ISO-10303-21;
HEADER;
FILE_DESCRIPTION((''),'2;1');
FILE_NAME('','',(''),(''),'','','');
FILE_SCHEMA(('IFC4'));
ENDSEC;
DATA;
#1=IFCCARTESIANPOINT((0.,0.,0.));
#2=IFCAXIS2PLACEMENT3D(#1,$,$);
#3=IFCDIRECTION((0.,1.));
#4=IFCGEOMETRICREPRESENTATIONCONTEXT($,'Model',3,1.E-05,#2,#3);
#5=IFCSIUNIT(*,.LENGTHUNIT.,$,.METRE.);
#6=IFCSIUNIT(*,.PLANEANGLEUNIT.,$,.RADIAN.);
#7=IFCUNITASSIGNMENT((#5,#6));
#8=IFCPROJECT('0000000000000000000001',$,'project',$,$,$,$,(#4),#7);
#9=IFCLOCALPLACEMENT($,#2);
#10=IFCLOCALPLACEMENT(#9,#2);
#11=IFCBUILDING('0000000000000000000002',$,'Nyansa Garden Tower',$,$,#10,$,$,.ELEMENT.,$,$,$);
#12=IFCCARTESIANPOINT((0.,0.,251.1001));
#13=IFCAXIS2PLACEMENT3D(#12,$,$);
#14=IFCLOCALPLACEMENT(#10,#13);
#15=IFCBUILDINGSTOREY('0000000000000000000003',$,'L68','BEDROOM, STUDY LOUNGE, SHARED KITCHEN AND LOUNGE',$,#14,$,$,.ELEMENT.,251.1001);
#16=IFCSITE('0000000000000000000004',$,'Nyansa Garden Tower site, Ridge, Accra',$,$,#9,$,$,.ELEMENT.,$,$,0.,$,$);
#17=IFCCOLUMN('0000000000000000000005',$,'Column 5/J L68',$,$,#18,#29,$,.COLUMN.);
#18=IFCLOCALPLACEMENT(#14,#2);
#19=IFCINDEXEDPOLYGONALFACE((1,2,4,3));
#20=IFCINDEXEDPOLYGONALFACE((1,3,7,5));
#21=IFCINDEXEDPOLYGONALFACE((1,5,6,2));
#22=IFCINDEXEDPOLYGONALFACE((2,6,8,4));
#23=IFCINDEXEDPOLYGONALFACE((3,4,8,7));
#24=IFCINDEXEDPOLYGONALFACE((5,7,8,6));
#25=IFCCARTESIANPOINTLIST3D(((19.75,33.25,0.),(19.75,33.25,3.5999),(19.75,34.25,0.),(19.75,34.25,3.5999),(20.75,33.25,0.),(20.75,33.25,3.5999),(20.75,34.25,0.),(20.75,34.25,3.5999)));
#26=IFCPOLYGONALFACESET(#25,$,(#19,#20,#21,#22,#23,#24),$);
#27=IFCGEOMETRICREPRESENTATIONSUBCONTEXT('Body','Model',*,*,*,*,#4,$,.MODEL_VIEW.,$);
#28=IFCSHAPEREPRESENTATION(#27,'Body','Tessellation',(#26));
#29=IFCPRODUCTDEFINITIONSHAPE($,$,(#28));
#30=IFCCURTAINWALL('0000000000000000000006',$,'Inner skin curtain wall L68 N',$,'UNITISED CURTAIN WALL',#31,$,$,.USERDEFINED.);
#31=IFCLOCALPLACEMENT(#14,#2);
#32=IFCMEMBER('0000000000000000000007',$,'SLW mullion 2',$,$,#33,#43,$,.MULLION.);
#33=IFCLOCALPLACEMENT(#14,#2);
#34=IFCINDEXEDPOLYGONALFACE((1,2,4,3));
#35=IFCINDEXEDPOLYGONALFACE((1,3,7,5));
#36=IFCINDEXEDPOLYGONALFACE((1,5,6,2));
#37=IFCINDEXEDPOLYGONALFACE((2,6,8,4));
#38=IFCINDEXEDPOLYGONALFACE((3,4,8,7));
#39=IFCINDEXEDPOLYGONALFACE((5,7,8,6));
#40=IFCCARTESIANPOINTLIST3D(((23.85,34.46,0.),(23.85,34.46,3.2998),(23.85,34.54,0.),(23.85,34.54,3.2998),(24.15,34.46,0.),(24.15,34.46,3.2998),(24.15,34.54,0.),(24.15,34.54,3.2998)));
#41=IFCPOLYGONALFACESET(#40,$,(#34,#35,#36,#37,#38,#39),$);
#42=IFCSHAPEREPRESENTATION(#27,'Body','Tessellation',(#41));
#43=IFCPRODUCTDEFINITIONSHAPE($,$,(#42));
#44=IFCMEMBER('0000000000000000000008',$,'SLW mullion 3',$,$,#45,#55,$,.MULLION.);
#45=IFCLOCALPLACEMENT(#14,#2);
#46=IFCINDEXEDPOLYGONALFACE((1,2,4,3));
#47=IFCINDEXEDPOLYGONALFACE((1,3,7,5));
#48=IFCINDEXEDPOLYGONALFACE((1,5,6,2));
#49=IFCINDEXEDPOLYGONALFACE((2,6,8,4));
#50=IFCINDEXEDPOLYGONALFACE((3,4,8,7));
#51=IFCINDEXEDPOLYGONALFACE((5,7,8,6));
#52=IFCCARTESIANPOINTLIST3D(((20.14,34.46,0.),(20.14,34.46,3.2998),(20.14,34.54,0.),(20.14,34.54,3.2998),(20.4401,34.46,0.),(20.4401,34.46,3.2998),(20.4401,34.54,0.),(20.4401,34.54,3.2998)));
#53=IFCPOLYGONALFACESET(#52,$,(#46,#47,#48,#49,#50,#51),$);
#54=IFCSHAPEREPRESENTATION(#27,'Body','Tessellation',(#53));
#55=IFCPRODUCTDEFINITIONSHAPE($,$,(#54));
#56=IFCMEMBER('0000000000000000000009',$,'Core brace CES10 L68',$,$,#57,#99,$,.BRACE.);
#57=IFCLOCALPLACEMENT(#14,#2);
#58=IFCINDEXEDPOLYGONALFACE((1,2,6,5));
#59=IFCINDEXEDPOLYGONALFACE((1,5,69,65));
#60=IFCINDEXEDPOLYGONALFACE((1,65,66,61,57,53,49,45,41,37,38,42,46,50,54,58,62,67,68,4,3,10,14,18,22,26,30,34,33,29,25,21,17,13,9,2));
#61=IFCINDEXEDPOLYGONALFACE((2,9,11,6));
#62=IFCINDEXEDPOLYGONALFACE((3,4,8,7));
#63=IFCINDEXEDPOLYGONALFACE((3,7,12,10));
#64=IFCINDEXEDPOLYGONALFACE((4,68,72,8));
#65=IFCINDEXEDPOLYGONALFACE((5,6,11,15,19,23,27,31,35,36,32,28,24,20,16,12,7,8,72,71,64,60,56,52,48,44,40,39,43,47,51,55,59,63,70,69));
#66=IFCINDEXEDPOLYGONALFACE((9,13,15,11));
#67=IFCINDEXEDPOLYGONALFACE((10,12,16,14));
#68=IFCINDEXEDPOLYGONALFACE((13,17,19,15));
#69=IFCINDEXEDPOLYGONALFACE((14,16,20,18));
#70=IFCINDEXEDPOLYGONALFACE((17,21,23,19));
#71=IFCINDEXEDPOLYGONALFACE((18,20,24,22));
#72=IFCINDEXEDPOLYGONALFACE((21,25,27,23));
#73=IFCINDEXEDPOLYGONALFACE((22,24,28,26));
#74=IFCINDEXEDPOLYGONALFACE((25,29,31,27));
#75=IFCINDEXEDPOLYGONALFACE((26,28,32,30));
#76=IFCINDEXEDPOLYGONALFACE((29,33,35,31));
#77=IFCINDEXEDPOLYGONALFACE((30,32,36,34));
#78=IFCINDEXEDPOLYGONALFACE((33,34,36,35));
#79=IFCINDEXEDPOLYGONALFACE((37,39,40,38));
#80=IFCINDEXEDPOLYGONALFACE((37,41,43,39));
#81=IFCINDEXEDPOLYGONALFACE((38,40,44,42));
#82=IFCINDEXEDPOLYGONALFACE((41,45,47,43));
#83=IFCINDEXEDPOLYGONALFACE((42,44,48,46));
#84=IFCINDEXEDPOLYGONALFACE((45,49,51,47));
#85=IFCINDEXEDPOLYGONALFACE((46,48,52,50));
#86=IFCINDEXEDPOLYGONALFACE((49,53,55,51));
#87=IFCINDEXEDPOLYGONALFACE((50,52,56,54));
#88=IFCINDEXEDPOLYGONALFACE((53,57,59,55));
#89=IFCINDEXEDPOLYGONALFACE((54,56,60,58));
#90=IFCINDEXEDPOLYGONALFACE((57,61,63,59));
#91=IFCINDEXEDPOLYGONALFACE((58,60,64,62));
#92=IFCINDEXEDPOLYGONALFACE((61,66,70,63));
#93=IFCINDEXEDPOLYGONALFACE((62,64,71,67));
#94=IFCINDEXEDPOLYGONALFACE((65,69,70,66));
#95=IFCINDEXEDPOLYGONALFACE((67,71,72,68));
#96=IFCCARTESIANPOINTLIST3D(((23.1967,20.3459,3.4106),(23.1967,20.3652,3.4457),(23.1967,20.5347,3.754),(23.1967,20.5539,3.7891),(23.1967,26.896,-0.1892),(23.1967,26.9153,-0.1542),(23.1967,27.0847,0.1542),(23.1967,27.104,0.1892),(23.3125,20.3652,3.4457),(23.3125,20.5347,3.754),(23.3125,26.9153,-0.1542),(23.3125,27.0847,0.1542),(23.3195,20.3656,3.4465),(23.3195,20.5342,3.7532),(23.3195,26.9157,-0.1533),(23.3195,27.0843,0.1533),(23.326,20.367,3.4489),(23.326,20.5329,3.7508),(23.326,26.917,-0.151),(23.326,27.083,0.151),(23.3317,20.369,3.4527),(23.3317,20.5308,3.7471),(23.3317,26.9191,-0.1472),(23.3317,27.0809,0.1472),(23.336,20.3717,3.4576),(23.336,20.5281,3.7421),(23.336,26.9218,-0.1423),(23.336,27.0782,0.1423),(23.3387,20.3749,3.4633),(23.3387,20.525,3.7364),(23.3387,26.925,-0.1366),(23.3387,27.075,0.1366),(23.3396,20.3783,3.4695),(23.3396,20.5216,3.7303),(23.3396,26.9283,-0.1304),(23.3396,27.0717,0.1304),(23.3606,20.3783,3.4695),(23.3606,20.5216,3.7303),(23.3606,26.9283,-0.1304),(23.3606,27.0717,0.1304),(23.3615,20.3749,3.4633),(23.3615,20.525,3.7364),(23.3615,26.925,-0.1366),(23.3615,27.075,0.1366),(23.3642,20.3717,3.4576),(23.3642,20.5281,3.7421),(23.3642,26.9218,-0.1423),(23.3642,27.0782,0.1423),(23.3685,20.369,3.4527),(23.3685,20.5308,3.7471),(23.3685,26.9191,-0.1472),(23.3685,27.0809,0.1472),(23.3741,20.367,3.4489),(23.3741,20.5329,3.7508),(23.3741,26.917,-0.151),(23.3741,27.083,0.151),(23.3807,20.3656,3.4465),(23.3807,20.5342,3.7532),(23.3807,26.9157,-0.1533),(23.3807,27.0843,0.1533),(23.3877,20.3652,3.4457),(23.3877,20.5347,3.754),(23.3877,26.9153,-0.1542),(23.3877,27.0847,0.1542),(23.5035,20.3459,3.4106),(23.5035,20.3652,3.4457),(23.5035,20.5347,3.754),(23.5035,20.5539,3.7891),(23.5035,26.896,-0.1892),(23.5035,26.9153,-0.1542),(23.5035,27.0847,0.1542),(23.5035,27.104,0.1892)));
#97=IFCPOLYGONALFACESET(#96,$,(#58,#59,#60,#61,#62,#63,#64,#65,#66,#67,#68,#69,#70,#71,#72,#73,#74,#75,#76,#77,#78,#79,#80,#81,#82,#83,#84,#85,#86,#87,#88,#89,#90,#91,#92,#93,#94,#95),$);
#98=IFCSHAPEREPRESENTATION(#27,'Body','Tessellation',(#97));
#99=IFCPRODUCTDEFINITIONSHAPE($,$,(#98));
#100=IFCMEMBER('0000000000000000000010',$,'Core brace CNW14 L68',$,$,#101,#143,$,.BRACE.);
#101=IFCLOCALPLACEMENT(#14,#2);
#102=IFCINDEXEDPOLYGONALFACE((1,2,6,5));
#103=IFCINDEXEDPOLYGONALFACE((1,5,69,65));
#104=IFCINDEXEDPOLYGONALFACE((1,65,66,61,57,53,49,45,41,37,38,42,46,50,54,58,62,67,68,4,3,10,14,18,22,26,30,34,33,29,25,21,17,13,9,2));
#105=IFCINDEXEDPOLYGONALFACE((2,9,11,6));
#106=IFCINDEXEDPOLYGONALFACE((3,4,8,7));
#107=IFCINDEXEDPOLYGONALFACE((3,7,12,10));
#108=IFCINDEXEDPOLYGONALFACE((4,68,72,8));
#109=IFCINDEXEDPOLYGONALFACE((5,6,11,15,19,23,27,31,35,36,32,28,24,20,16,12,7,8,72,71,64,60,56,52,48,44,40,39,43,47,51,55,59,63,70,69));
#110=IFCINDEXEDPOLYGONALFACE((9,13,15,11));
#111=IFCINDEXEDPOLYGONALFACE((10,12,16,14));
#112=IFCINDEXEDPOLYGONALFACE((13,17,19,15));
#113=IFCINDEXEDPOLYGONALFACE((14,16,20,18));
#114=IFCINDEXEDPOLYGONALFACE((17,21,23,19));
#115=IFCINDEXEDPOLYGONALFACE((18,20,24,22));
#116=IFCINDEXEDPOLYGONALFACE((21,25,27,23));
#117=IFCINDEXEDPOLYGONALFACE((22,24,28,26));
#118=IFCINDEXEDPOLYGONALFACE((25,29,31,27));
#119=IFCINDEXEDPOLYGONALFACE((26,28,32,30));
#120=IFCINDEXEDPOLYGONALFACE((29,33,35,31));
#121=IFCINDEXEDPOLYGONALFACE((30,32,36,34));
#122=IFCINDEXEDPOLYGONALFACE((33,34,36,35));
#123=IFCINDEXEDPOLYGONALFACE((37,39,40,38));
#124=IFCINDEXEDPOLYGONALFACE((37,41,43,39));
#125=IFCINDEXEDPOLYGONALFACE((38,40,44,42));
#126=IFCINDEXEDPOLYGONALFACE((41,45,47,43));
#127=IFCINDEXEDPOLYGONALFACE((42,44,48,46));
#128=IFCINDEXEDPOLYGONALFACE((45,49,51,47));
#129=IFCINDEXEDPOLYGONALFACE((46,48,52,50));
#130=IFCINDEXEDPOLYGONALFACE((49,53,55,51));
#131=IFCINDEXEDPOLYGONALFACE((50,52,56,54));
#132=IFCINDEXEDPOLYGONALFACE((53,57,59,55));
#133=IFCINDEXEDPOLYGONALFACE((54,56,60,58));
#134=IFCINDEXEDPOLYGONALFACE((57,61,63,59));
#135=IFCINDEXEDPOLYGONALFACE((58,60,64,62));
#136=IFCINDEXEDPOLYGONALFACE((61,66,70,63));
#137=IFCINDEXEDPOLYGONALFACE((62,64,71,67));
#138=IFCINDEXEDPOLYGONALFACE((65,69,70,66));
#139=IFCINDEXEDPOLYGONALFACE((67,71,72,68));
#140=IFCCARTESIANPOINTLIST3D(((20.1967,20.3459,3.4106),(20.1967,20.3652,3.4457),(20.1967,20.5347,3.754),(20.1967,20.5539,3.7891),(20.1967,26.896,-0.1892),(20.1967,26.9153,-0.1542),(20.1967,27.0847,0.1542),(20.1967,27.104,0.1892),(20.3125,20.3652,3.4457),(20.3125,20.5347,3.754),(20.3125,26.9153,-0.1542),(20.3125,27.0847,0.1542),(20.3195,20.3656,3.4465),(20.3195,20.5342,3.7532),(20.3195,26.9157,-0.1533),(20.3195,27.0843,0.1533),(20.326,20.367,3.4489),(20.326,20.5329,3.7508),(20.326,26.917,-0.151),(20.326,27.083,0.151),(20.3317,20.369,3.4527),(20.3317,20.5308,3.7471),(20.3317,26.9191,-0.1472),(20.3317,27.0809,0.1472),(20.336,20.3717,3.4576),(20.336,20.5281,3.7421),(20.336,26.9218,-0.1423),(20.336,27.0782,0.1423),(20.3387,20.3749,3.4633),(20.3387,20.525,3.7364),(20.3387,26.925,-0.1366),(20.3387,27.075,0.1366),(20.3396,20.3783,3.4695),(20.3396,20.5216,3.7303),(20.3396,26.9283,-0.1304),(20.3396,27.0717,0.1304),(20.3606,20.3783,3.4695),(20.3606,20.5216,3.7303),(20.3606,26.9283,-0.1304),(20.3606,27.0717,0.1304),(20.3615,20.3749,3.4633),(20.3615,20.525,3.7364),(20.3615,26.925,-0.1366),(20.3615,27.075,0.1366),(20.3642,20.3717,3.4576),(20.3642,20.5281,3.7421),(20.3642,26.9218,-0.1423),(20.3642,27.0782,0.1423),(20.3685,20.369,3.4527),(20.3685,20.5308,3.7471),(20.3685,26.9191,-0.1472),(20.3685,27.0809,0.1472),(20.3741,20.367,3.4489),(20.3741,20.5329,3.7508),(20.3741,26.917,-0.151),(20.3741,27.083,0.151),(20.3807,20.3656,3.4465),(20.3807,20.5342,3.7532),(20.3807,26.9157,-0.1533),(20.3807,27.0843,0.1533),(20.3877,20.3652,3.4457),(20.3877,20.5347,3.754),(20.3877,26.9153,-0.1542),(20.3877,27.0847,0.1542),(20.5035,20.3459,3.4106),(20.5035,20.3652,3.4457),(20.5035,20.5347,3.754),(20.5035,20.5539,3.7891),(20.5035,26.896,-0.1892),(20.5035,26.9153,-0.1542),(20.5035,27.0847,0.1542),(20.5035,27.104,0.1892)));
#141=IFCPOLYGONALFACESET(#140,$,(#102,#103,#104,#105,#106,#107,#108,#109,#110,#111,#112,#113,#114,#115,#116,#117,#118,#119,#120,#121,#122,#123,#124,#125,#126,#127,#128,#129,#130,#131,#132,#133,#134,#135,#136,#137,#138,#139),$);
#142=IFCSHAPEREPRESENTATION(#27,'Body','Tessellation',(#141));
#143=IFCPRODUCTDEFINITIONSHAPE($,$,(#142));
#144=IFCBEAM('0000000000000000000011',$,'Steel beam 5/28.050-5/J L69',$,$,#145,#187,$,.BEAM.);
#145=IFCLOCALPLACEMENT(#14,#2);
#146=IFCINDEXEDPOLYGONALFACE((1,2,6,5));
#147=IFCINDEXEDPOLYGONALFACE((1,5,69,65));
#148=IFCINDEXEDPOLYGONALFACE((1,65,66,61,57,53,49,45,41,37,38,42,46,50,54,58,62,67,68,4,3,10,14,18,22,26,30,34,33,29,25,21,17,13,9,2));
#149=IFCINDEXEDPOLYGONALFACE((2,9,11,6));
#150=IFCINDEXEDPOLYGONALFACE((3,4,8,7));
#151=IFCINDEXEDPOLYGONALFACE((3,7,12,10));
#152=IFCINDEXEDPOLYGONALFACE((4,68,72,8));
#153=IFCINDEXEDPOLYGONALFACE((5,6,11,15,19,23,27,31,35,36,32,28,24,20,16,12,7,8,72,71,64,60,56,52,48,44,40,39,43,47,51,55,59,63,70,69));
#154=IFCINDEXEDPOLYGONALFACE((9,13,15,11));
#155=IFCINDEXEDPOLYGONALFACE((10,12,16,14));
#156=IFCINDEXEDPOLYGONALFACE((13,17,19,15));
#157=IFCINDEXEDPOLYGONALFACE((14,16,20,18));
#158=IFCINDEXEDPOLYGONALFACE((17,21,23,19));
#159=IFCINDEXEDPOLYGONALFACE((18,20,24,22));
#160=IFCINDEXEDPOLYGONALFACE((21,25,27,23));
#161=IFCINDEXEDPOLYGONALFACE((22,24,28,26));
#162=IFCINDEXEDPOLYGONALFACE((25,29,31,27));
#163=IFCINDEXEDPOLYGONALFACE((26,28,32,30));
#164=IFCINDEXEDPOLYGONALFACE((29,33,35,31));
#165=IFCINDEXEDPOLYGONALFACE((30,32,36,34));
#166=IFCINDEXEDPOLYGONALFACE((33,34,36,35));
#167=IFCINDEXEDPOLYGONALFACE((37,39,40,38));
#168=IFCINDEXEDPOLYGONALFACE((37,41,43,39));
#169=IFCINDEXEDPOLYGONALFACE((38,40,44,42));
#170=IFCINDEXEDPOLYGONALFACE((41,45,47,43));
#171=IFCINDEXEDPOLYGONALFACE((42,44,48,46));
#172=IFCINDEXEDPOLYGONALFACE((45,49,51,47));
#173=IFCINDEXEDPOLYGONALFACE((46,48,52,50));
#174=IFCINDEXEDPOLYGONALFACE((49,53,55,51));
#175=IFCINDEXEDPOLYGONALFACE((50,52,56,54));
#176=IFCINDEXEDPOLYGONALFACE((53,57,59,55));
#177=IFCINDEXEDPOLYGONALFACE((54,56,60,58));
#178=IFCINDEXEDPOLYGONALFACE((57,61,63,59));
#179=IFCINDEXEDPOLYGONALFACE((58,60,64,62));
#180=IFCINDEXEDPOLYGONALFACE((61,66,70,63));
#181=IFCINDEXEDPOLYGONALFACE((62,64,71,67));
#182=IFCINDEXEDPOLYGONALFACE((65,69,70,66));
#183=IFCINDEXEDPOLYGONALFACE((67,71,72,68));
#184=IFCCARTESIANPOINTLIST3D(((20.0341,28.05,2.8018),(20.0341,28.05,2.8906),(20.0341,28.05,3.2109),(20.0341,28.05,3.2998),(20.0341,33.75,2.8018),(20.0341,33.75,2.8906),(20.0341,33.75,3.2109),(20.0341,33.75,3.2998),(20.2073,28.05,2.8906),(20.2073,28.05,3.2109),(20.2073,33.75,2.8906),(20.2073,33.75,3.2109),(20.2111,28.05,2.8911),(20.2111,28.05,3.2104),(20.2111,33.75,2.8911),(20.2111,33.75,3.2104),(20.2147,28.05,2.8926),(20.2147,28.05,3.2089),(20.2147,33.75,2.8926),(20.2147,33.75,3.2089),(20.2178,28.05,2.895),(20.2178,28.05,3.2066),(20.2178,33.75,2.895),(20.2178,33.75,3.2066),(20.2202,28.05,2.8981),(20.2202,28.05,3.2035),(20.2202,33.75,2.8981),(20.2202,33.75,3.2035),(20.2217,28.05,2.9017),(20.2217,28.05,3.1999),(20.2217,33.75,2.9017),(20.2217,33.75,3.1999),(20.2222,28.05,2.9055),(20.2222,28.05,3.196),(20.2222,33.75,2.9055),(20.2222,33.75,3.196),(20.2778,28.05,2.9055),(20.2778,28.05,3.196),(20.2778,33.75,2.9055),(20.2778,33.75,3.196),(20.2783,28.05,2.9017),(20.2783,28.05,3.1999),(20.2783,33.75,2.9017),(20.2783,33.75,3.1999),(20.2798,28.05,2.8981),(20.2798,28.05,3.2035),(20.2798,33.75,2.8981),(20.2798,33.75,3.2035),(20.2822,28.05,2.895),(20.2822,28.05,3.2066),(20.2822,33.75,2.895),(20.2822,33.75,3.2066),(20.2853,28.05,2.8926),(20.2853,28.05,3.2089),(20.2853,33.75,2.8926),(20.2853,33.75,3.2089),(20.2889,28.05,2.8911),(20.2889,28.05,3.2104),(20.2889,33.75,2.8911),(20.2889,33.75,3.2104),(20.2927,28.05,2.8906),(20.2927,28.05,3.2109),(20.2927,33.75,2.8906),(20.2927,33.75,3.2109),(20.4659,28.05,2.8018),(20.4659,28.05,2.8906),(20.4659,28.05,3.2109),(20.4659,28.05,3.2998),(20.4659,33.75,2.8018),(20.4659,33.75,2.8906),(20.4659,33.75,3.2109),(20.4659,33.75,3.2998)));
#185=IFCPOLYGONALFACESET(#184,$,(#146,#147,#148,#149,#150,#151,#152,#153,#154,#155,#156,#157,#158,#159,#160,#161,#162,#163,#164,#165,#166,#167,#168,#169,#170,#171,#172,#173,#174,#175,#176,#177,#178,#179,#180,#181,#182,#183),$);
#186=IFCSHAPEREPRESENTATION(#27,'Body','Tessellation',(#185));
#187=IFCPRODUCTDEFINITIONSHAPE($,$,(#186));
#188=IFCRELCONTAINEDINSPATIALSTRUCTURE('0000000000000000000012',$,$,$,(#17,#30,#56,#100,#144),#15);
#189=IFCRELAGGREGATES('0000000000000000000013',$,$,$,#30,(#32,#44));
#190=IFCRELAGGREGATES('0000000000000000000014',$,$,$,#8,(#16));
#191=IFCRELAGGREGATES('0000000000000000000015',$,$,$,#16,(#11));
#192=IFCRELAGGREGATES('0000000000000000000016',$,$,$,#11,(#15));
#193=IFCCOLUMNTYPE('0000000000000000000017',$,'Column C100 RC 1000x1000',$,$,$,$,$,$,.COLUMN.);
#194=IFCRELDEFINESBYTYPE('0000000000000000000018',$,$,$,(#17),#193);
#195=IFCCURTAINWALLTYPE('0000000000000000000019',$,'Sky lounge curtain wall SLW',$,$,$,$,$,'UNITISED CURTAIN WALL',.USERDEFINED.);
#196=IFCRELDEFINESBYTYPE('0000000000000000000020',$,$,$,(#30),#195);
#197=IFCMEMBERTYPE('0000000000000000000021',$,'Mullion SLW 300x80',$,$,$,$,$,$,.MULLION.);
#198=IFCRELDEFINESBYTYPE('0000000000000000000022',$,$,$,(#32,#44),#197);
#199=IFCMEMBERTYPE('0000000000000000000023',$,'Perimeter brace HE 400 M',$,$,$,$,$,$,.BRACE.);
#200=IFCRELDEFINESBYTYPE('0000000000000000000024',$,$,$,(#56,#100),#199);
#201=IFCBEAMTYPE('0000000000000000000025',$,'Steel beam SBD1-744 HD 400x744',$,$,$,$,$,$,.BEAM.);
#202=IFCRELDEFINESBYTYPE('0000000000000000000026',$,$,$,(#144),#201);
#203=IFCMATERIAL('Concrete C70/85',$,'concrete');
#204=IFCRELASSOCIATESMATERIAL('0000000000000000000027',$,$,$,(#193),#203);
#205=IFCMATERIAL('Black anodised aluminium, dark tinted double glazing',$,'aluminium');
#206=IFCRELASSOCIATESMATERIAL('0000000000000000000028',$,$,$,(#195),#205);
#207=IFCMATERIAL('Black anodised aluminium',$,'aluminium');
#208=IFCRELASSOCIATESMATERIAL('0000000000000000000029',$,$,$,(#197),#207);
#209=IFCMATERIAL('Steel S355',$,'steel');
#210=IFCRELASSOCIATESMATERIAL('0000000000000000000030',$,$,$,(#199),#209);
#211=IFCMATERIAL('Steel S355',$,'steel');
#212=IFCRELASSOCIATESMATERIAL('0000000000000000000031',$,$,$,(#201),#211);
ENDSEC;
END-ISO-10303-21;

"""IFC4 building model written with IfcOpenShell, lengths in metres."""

from ifc_helpers import new_model, si_unit, direction, frame, origin, origin_2d, place, context, subcontext, project, spatial, rectangle, i_section, extrude, material, material_profile, profile_set, type_object, element, aggregate, save


model = new_model("IFC4")

# Units and contexts
model_context = context("Model", 3, precision=1e-05, world=origin(), true_north=direction((0.0, 1.0)))
body_context = subcontext(model_context, "Body", "Model", "MODEL_VIEW")
ifc_project = project(units=[si_unit("LENGTHUNIT", "METRE"), si_unit("PLANEANGLEUNIT", "RADIAN")], contexts=[model_context])

# Site, building, storey
site_placement = place(None, origin())
site = spatial("IfcSite", under=ifc_project, at=site_placement, Name="Nyansa Garden Tower site, Ridge, Accra", CompositionType="ELEMENT", RefElevation=0.0)
building_placement = place(site_placement, origin())
building = spatial("IfcBuilding", under=site, at=building_placement, Name="Nyansa Garden Tower", CompositionType="ELEMENT")
storey_placement = place(building_placement, frame((0.0, 0.0, 251.1001)))
storey = spatial("IfcBuildingStorey", under=building, at=storey_placement, Name="L68", Description="BEDROOM, STUDY LOUNGE, SHARED KITCHEN AND LOUNGE", CompositionType="ELEMENT", Elevation=251.1001)

# Column
ifc_material_1 = material(Name="Concrete C70/85", Category="concrete")
ifc_material_profile_1 = material_profile(ifc_material_1, rectangle(XDim=1.0, YDim=1.0, at=origin_2d()), Name="RC 1000x1000")
ifc_profile_set_1 = profile_set([ifc_material_profile_1], Name="Concrete C70/85")
column_type = type_object("IfcColumnType", Name="Column C100 RC 1000x1000", PredefinedType="COLUMN", material=ifc_profile_set_1)
column_placement = place(storey_placement, frame((20.25, 33.75, 0.0), z_axis=(0.0, 0.0, 1.0), x_axis=(1.0, 0.0, 0.0)))
element("IfcColumn", 1, at=column_placement, inside=storey, type_object=column_type, Name="Column 5/J L68", PredefinedType="COLUMN", context=body_context, shape_type="SweptSolid", body=[
    extrude(rectangle(XDim=1.0, YDim=1.0, at=origin_2d()), origin(), (0.0, 0.0, 1.0), 3.5999),
])

# Curtain wall, members
ifc_material_2 = material(Name="Black anodised aluminium, dark tinted double glazing", Category="aluminium")
curtain_wall_type = type_object("IfcCurtainWallType", Name="Sky lounge curtain wall SLW", ElementType="UNITISED CURTAIN WALL", PredefinedType="USERDEFINED", material=ifc_material_2)
curtain_wall_placement = place(storey_placement, origin())
curtain_wall = element("IfcCurtainWall", 2, at=curtain_wall_placement, inside=storey, type_object=curtain_wall_type, Name="Inner skin curtain wall L68 N", ObjectType="UNITISED CURTAIN WALL", PredefinedType="USERDEFINED")
ifc_material_3 = material(Name="Black anodised aluminium", Category="aluminium")
ifc_material_profile_2 = material_profile(ifc_material_3, rectangle(XDim=0.0801, YDim=0.3, at=origin_2d()), Name="Mullion 300x80")
ifc_profile_set_2 = profile_set([ifc_material_profile_2], Name="Black anodised aluminium")
member_type_1 = type_object("IfcMemberType", Name="Mullion SLW 300x80", PredefinedType="MULLION", material=ifc_profile_set_2)
member_1_placement = place(storey_placement, frame((24.0, 34.5, 0.0), z_axis=(0.0, 0.0, 1.0), x_axis=(0.0, -1.0, 0.0)))
member_1 = element("IfcMember", 3, at=member_1_placement, type_object=member_type_1, Name="SLW mullion 2", PredefinedType="MULLION", context=body_context, shape_type="SweptSolid", body=[
    extrude(rectangle(XDim=0.0801, YDim=0.3, at=origin_2d()), origin(), (0.0, 0.0, 1.0), 3.2998),
])
member_2_placement = place(storey_placement, frame((20.29, 34.5, 0.0), z_axis=(0.0, 0.0, 1.0), x_axis=(0.0, -1.0, 0.0)))
member_2 = element("IfcMember", 4, at=member_2_placement, type_object=member_type_1, Name="SLW mullion 3", PredefinedType="MULLION", context=body_context, shape_type="SweptSolid", body=[
    extrude(rectangle(XDim=0.0801, YDim=0.3, at=origin_2d()), origin(), (0.0, 0.0, 1.0), 3.2998),
])

# Members
ifc_material_4 = material(Name="Steel S355", Category="steel")
ifc_material_profile_3 = material_profile(ifc_material_4, i_section(OverallWidth=0.3069, OverallDepth=0.4319, WebThickness=0.021, FlangeThickness=0.04, FilletRadius=0.0271, at=origin_2d()), Name="HE 400 M")
ifc_profile_set_3 = profile_set([ifc_material_profile_3], Name="Steel S355")
member_type_2 = type_object("IfcMemberType", Name="Perimeter brace HE 400 M", PredefinedType="BRACE", material=ifc_profile_set_3)
for number, where, z_axis, x_axis, name in (
    (5, (23.3501, 27.0, 0.0), (0.0, -0.876367, 0.481644), (1.0, 0.0, 0.0), "Core brace CES10 L68"),
    (6, (20.3501, 27.0, 0.0), (0.0, -0.876367, 0.481644), (1.0, 0.0, 0.0), "Core brace CNW14 L68"),
):
    element("IfcMember", number, at=place(storey_placement, frame(where, z_axis=z_axis, x_axis=x_axis)), inside=storey, type_object=member_type_2, Name=name, PredefinedType="BRACE", context=body_context, shape_type="SweptSolid", body=[
        extrude(i_section(OverallWidth=0.3069, OverallDepth=0.4319, WebThickness=0.021, FlangeThickness=0.04, FilletRadius=0.0271, at=origin_2d()), origin(), (0.0, 0.0, 1.0), 7.4741),
    ])

# Beam
ifc_material_5 = material(Name="Steel S355", Category="steel")
ifc_material_profile_4 = material_profile(ifc_material_5, i_section(OverallWidth=0.4319, OverallDepth=0.498, WebThickness=0.0557, FlangeThickness=0.0889, FilletRadius=0.0149, at=origin_2d()), Name="HD 400x744")
ifc_profile_set_4 = profile_set([ifc_material_profile_4], Name="Steel S355")
beam_type_1 = type_object("IfcBeamType", Name="Steel beam SBD1-744 HD 400x744", PredefinedType="BEAM", material=ifc_profile_set_4)
beam_1_placement = place(storey_placement, frame((20.25, 28.05, 3.0508), z_axis=(0.0, 1.0, 0.0), x_axis=(-1.0, 0.0, 0.0)))
element("IfcBeam", 7, at=beam_1_placement, inside=storey, type_object=beam_type_1, Name="Steel beam 5/28.050-5/J L69", PredefinedType="BEAM", context=body_context, shape_type="SweptSolid", body=[
    extrude(i_section(OverallWidth=0.4319, OverallDepth=0.498, WebThickness=0.0557, FlangeThickness=0.0889, FilletRadius=0.0149, at=origin_2d()), origin(), (0.0, 0.0, 1.0), 5.7),
])

aggregate(curtain_wall, [member_1, member_2])

save(model, "model.ifc")
